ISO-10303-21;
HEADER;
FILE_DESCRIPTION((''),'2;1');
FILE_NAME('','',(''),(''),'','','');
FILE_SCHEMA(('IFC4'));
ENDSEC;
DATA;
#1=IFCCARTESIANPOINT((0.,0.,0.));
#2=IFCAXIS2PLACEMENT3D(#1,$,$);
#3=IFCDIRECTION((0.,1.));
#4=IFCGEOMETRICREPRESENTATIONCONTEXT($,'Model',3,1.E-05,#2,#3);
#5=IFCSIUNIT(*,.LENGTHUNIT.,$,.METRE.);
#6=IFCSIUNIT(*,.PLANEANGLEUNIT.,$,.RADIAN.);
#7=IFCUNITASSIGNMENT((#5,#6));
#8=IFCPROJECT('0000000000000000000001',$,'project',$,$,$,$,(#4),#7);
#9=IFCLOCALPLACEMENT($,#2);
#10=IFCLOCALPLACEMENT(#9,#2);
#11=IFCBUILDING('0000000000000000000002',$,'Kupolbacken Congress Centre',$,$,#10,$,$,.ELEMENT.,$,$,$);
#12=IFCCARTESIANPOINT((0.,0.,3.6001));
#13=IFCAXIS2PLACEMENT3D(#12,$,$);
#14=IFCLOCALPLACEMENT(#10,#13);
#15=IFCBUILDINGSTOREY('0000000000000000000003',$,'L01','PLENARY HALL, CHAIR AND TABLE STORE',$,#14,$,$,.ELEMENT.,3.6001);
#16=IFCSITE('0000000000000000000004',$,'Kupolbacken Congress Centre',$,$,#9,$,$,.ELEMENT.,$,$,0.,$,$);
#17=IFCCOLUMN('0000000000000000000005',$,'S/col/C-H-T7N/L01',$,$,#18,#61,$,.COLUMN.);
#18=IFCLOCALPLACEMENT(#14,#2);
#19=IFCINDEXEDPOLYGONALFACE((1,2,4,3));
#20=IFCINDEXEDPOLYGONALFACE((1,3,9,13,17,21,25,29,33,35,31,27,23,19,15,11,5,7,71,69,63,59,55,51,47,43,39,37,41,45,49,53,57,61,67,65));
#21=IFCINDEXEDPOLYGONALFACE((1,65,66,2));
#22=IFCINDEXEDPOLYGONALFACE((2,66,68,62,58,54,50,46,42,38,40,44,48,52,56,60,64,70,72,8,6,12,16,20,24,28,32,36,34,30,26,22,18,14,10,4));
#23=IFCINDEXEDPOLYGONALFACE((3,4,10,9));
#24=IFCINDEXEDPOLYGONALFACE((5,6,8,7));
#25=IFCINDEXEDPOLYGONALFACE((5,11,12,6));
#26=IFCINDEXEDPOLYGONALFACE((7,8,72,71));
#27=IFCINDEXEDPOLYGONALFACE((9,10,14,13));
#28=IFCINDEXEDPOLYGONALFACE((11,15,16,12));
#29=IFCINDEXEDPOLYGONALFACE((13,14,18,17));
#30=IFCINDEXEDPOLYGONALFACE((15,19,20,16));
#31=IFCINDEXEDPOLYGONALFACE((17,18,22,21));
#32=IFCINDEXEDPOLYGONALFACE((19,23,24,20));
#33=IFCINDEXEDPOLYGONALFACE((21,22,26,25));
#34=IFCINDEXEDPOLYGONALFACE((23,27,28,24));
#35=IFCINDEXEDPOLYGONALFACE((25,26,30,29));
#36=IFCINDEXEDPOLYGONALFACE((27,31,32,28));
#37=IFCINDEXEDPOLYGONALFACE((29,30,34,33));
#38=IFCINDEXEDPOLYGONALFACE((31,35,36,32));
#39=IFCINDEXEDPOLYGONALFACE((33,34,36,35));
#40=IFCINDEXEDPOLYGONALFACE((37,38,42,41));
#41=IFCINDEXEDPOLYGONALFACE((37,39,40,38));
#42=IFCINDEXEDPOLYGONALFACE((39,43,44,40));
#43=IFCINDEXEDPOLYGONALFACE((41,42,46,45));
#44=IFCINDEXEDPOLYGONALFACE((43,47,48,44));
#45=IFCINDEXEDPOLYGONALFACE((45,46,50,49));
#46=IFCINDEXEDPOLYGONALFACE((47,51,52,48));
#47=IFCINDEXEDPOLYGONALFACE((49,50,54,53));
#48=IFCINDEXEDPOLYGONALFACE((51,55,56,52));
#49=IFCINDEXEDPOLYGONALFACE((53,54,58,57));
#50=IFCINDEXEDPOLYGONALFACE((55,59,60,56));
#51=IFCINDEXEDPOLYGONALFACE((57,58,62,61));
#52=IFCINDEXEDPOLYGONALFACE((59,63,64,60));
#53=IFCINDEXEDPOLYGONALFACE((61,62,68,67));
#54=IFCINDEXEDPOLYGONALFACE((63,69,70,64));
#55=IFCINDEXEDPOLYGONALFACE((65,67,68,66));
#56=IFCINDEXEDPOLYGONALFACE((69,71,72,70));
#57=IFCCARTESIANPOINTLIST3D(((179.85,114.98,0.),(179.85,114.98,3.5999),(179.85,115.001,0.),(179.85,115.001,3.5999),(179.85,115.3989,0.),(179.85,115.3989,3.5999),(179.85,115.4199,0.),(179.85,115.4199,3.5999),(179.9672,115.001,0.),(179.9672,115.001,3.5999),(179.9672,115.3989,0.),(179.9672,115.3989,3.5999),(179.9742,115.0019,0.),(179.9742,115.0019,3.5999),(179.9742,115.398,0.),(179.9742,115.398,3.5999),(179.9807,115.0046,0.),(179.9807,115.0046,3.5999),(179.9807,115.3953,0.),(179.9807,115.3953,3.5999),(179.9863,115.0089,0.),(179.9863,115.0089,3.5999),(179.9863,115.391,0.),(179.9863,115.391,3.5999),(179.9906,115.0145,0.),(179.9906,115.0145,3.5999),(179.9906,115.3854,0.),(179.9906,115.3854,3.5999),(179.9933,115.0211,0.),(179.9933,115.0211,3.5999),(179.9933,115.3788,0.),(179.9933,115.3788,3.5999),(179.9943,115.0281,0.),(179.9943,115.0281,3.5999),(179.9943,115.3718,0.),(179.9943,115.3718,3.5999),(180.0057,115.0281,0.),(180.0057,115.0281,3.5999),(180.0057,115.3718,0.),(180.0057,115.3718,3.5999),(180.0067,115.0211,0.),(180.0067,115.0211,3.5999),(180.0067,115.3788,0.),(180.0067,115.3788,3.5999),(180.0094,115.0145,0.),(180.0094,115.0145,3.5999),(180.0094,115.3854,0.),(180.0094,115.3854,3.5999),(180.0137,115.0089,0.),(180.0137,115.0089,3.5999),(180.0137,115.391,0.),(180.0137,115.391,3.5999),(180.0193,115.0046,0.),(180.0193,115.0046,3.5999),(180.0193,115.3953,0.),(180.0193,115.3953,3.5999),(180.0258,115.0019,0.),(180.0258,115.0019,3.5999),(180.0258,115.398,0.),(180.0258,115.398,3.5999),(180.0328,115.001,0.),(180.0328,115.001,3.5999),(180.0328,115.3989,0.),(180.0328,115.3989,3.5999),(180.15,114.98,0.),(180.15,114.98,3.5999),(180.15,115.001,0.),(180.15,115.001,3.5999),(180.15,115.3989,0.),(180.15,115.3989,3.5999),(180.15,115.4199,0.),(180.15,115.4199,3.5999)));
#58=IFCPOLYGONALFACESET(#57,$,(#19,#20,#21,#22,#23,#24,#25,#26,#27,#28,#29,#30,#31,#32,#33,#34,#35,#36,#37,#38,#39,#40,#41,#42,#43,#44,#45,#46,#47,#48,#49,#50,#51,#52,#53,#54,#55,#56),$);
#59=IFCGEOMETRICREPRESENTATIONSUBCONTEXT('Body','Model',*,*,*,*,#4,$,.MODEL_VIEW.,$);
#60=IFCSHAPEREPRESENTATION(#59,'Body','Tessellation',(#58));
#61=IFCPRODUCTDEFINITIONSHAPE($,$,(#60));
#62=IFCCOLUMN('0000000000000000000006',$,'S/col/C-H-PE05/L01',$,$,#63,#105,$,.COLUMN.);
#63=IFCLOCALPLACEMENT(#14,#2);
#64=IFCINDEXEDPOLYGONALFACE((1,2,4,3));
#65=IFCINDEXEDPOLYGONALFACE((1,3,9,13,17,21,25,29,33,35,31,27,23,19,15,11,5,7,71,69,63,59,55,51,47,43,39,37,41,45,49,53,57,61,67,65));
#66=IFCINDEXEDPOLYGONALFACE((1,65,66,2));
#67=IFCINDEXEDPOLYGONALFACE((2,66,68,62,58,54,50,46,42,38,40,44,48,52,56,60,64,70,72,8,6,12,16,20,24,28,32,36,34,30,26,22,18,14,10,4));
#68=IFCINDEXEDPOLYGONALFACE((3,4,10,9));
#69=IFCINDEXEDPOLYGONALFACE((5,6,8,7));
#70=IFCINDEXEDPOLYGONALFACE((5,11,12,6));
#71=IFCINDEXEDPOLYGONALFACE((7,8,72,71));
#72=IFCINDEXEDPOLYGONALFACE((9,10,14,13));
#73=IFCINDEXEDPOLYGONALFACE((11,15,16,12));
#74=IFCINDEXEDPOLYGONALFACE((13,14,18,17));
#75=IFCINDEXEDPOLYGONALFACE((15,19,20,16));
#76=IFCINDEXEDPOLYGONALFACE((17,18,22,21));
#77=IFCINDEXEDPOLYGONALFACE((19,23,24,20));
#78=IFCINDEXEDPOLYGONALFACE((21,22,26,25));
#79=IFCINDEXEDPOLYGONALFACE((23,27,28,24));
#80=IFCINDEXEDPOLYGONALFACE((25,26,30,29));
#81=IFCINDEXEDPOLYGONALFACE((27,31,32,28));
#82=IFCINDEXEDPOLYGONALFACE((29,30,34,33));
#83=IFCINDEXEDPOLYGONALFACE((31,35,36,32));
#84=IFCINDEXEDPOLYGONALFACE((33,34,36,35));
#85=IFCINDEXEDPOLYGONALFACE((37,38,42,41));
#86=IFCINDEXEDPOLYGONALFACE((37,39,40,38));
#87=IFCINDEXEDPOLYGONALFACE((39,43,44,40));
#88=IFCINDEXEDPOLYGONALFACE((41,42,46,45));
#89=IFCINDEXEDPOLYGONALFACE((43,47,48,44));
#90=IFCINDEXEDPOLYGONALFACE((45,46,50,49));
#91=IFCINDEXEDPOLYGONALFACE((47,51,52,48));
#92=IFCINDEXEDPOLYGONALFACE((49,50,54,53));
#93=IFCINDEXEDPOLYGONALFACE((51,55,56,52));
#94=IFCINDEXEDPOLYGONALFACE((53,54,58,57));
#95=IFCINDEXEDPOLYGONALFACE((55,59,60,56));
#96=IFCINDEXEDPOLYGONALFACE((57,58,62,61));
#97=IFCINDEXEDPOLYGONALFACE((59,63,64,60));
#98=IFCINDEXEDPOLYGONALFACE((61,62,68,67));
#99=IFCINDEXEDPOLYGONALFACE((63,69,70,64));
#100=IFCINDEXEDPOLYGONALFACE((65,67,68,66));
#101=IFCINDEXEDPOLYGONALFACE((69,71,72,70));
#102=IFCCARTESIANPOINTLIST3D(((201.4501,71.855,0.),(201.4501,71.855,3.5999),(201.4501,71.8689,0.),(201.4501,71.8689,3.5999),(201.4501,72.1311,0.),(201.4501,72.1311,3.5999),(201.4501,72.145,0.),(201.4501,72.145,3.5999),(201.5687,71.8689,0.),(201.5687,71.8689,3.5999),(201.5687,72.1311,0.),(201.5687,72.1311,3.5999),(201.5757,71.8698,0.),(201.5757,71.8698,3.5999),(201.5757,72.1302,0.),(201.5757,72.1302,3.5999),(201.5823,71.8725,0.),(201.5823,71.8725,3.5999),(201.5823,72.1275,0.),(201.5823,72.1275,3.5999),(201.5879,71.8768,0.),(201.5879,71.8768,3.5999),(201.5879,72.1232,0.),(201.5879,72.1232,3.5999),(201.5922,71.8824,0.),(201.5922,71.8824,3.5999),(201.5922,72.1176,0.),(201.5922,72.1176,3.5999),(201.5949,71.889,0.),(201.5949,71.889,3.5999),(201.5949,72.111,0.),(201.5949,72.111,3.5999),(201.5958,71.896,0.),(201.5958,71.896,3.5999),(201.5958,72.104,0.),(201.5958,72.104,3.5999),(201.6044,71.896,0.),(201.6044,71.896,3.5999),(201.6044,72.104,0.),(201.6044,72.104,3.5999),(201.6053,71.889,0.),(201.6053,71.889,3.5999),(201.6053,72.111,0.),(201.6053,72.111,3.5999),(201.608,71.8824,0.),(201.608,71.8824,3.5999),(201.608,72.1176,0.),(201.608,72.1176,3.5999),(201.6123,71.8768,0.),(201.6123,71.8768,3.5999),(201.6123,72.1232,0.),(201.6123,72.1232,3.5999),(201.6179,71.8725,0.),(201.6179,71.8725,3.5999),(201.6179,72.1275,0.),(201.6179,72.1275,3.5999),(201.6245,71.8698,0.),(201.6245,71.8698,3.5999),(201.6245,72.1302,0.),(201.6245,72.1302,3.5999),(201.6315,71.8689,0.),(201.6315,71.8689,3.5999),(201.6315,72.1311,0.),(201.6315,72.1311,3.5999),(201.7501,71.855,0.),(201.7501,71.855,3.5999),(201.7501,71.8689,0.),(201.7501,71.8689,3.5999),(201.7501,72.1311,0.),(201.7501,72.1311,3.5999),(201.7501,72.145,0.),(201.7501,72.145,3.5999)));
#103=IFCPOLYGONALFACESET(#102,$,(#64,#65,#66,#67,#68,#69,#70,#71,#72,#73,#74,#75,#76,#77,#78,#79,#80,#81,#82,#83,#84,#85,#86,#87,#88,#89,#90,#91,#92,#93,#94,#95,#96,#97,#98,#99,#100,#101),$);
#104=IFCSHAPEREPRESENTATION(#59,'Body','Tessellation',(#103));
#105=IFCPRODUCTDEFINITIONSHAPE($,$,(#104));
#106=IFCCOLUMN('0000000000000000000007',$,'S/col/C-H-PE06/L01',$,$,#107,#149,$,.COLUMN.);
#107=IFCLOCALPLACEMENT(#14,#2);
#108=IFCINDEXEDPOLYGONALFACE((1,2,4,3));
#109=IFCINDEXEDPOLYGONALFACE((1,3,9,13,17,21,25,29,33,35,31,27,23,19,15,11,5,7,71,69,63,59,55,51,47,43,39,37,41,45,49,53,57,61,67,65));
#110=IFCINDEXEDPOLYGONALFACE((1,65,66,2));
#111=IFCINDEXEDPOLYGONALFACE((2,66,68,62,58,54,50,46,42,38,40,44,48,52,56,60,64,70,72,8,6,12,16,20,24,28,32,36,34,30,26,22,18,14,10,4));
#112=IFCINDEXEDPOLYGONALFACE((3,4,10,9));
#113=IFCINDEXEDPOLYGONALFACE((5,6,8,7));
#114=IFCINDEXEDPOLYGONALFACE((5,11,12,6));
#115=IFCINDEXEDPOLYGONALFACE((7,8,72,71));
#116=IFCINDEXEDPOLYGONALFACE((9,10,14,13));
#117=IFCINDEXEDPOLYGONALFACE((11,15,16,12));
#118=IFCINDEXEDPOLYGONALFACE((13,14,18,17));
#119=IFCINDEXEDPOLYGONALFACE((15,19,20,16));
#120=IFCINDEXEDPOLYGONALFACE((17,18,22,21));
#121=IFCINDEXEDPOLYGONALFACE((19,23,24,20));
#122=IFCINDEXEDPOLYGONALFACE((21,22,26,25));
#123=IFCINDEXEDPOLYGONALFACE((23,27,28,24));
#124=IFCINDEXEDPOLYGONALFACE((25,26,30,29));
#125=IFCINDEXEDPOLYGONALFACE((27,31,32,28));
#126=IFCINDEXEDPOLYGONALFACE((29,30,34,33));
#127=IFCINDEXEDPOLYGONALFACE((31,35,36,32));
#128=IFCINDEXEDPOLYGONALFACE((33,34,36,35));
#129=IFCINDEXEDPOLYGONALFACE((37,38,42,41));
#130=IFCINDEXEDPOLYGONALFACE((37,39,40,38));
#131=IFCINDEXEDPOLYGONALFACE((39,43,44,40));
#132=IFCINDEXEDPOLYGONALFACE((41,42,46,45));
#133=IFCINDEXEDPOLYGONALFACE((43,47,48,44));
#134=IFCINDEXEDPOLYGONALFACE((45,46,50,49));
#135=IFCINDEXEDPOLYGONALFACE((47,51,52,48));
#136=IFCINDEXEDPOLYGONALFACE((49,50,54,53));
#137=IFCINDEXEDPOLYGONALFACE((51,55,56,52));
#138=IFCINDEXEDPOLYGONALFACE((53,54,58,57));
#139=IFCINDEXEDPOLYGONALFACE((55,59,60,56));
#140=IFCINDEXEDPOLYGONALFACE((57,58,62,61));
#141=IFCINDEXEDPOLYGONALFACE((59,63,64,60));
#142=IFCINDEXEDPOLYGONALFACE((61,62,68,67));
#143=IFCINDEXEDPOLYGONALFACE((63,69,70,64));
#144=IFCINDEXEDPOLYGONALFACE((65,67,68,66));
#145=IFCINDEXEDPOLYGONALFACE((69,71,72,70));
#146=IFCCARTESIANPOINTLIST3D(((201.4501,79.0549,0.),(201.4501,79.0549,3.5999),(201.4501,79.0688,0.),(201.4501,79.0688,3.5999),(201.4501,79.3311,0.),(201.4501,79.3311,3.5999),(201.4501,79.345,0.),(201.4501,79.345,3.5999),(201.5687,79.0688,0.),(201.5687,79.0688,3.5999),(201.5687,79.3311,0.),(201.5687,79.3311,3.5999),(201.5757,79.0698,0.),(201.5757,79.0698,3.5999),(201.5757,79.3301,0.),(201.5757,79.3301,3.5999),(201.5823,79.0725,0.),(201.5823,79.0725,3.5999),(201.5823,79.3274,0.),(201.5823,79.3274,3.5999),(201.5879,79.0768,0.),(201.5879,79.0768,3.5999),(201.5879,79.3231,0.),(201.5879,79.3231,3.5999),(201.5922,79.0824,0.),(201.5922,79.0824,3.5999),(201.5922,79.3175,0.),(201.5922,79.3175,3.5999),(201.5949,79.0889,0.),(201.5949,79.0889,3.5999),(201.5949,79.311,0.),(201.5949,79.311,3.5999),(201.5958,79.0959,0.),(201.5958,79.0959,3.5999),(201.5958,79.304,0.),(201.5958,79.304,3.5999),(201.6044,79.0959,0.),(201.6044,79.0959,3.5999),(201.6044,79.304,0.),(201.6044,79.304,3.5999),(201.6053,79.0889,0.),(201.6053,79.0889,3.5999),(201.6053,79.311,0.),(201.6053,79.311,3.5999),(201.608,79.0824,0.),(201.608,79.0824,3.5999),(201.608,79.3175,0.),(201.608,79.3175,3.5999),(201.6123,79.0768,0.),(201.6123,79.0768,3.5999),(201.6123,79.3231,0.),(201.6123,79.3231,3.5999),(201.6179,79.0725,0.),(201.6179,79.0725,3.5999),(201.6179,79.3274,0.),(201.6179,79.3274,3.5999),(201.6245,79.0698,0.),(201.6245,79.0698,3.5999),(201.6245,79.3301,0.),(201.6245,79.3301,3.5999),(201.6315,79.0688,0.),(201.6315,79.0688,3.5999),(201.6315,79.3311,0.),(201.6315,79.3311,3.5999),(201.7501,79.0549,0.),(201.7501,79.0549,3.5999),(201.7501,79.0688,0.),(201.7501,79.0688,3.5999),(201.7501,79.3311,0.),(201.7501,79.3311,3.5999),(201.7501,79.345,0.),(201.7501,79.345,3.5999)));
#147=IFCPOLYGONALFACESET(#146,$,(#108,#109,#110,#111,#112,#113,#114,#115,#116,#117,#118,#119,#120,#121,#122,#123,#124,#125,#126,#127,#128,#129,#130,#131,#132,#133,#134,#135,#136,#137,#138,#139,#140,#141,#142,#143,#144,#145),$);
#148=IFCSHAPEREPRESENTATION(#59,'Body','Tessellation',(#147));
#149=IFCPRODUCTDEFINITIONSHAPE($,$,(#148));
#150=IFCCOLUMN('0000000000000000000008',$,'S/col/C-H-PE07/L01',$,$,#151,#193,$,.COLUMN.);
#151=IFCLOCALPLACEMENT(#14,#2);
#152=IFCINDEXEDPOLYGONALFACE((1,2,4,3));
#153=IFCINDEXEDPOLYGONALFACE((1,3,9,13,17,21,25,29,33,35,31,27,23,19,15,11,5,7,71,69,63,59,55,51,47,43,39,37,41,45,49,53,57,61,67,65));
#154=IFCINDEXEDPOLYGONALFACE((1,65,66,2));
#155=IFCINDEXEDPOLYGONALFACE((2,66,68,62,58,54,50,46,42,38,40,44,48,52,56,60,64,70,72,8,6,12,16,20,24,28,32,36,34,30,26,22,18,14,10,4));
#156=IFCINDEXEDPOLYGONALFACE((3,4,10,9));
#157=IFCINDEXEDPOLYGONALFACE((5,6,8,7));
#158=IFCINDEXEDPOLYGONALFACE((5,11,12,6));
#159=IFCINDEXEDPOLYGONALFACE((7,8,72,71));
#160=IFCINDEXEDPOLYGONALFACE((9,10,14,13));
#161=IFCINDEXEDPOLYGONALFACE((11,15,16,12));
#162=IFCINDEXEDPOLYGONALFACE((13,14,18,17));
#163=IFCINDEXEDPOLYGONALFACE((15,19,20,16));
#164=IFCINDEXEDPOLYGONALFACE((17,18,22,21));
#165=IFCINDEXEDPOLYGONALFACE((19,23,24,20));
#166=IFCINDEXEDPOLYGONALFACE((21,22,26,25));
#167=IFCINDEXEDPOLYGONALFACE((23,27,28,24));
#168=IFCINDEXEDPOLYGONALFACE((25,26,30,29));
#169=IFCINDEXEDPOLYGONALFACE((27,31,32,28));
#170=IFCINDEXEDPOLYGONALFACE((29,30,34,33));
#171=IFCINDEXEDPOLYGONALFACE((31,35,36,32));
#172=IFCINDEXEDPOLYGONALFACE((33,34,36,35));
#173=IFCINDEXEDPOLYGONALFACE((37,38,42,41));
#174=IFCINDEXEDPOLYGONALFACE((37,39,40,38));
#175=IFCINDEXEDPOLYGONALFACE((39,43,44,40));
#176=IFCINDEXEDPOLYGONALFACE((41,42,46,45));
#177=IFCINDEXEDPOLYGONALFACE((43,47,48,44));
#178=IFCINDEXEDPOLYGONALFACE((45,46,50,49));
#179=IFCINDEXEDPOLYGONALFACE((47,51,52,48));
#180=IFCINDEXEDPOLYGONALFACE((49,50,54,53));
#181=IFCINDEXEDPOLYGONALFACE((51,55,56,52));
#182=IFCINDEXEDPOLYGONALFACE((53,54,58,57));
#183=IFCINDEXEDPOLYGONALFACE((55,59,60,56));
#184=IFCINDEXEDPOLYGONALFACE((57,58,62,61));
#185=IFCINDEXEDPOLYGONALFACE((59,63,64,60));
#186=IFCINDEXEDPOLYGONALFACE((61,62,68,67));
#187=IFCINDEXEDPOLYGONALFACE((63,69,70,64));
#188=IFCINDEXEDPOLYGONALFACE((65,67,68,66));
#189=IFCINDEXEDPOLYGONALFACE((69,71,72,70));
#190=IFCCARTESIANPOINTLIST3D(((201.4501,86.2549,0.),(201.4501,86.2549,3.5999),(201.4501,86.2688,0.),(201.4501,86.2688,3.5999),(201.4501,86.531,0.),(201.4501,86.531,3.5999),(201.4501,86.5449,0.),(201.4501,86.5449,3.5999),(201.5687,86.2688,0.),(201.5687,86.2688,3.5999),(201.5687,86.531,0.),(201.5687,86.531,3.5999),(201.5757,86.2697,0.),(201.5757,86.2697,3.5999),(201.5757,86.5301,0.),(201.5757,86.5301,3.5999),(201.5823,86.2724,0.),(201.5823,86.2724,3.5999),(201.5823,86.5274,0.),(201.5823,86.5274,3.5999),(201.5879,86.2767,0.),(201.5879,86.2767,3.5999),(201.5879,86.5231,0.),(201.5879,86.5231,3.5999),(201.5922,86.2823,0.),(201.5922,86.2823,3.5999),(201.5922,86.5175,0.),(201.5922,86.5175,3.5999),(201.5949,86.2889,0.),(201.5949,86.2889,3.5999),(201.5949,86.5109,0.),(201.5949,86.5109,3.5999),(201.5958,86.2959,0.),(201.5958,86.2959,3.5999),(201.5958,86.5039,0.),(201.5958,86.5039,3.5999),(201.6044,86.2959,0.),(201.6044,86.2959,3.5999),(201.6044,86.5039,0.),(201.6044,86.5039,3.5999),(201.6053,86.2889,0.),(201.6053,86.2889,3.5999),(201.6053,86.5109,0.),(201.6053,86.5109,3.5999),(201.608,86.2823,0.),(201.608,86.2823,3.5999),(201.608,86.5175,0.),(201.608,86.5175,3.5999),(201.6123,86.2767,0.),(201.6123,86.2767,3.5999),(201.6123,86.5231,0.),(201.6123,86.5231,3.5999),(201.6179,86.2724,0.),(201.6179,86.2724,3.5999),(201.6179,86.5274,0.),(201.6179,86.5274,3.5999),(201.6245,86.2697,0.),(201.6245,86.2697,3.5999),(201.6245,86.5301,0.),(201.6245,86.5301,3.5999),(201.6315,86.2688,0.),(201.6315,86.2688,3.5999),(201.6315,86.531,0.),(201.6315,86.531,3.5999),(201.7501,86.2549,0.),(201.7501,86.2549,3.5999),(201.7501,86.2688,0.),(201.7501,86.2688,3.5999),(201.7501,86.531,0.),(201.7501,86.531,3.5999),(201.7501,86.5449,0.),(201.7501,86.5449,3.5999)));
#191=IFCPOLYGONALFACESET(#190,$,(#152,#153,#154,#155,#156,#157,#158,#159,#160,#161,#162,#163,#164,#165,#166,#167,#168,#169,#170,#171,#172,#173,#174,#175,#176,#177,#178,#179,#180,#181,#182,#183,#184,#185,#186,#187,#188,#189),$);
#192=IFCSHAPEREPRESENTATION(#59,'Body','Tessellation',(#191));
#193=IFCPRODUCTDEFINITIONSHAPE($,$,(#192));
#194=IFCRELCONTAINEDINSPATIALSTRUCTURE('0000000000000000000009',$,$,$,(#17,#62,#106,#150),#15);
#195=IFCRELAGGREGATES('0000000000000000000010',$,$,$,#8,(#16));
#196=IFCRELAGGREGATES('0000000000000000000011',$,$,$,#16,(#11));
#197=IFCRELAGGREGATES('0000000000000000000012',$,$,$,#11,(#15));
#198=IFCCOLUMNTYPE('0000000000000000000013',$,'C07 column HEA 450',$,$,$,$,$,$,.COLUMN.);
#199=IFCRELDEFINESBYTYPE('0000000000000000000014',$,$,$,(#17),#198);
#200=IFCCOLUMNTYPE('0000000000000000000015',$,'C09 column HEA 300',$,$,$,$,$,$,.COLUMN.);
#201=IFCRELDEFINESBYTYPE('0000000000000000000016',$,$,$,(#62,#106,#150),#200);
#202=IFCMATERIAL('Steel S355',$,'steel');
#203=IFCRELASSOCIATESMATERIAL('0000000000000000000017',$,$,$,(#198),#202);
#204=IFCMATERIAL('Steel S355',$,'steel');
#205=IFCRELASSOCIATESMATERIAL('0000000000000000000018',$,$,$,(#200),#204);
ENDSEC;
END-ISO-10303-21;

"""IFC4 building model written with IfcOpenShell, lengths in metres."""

from ifc_helpers import new_model, si_unit, direction, frame, origin, origin_2d, place, context, subcontext, project, spatial, i_section, extrude, material, material_profile, profile_set, type_object, element, save


model = new_model("IFC4")

# Units and contexts
model_context = context("Model", 3, precision=1e-05, world=origin(), true_north=direction((0.0, 1.0)))
body_context = subcontext(model_context, "Body", "Model", "MODEL_VIEW")
ifc_project = project(units=[si_unit("LENGTHUNIT", "METRE"), si_unit("PLANEANGLEUNIT", "RADIAN")], contexts=[model_context])

# Site, building, storey
site_placement = place(None, origin())
site = spatial("IfcSite", under=ifc_project, at=site_placement, Name="Kupolbacken Congress Centre", CompositionType="ELEMENT", RefElevation=0.0)
building_placement = place(site_placement, origin())
building = spatial("IfcBuilding", under=site, at=building_placement, Name="Kupolbacken Congress Centre", CompositionType="ELEMENT")
storey_placement = place(building_placement, frame((0.0, 0.0, 3.6001)))
storey = spatial("IfcBuildingStorey", under=building, at=storey_placement, Name="L01", Description="PLENARY HALL, CHAIR AND TABLE STORE", CompositionType="ELEMENT", Elevation=3.6001)

# Columns
ifc_material_1 = material(Name="Steel S355", Category="steel")
ifc_material_profile_1 = material_profile(ifc_material_1, i_section(OverallWidth=0.3, OverallDepth=0.4399, WebThickness=0.0115, FlangeThickness=0.021, FilletRadius=0.0271, at=origin_2d()), Name="HEA 450")
ifc_profile_set_1 = profile_set([ifc_material_profile_1], Name="Steel S355")
column_type_1 = type_object("IfcColumnType", Name="C07 column HEA 450", PredefinedType="COLUMN", material=ifc_profile_set_1)
column_placement = place(storey_placement, frame((180.0, 115.2, 0.0), z_axis=(0.0, 0.0, 1.0), x_axis=(1.0, 0.0, 0.0)))
element("IfcColumn", 1, at=column_placement, inside=storey, type_object=column_type_1, Name="S/col/C-H-T7N/L01", PredefinedType="COLUMN", context=body_context, shape_type="SweptSolid", body=[
    extrude(i_section(OverallWidth=0.3, OverallDepth=0.4399, WebThickness=0.0115, FlangeThickness=0.021, FilletRadius=0.0271, at=origin_2d()), origin(), (0.0, 0.0, 1.0), 3.5999),
])
ifc_material_2 = material(Name="Steel S355", Category="steel")
ifc_material_profile_2 = material_profile(ifc_material_2, i_section(OverallWidth=0.3, OverallDepth=0.29, WebThickness=0.0085, FlangeThickness=0.0139, FilletRadius=0.0271, at=origin_2d()), Name="HEA 300")
ifc_profile_set_2 = profile_set([ifc_material_profile_2], Name="Steel S355")
column_type_2 = type_object("IfcColumnType", Name="C09 column HEA 300", PredefinedType="COLUMN", material=ifc_profile_set_2)
for number, where, z_axis, x_axis, name in (
    (2, (201.6001, 72.0, 0.0), (0.0, 0.0, 1.0), (1.0, 0.0, 0.0), "S/col/C-H-PE05/L01"),
    (3, (201.6001, 79.2, 0.0), (0.0, 0.0, 1.0), (1.0, 0.0, 0.0), "S/col/C-H-PE06/L01"),
    (4, (201.6001, 86.3999, 0.0), (0.0, 0.0, 1.0), (1.0, 0.0, 0.0), "S/col/C-H-PE07/L01"),
):
    element("IfcColumn", number, at=place(storey_placement, frame(where, z_axis=z_axis, x_axis=x_axis)), inside=storey, type_object=column_type_2, Name=name, PredefinedType="COLUMN", context=body_context, shape_type="SweptSolid", body=[
        extrude(i_section(OverallWidth=0.3, OverallDepth=0.29, WebThickness=0.0085, FlangeThickness=0.0139, FilletRadius=0.0271, at=origin_2d()), origin(), (0.0, 0.0, 1.0), 3.5999),
    ])

save(model, "model.ifc")
